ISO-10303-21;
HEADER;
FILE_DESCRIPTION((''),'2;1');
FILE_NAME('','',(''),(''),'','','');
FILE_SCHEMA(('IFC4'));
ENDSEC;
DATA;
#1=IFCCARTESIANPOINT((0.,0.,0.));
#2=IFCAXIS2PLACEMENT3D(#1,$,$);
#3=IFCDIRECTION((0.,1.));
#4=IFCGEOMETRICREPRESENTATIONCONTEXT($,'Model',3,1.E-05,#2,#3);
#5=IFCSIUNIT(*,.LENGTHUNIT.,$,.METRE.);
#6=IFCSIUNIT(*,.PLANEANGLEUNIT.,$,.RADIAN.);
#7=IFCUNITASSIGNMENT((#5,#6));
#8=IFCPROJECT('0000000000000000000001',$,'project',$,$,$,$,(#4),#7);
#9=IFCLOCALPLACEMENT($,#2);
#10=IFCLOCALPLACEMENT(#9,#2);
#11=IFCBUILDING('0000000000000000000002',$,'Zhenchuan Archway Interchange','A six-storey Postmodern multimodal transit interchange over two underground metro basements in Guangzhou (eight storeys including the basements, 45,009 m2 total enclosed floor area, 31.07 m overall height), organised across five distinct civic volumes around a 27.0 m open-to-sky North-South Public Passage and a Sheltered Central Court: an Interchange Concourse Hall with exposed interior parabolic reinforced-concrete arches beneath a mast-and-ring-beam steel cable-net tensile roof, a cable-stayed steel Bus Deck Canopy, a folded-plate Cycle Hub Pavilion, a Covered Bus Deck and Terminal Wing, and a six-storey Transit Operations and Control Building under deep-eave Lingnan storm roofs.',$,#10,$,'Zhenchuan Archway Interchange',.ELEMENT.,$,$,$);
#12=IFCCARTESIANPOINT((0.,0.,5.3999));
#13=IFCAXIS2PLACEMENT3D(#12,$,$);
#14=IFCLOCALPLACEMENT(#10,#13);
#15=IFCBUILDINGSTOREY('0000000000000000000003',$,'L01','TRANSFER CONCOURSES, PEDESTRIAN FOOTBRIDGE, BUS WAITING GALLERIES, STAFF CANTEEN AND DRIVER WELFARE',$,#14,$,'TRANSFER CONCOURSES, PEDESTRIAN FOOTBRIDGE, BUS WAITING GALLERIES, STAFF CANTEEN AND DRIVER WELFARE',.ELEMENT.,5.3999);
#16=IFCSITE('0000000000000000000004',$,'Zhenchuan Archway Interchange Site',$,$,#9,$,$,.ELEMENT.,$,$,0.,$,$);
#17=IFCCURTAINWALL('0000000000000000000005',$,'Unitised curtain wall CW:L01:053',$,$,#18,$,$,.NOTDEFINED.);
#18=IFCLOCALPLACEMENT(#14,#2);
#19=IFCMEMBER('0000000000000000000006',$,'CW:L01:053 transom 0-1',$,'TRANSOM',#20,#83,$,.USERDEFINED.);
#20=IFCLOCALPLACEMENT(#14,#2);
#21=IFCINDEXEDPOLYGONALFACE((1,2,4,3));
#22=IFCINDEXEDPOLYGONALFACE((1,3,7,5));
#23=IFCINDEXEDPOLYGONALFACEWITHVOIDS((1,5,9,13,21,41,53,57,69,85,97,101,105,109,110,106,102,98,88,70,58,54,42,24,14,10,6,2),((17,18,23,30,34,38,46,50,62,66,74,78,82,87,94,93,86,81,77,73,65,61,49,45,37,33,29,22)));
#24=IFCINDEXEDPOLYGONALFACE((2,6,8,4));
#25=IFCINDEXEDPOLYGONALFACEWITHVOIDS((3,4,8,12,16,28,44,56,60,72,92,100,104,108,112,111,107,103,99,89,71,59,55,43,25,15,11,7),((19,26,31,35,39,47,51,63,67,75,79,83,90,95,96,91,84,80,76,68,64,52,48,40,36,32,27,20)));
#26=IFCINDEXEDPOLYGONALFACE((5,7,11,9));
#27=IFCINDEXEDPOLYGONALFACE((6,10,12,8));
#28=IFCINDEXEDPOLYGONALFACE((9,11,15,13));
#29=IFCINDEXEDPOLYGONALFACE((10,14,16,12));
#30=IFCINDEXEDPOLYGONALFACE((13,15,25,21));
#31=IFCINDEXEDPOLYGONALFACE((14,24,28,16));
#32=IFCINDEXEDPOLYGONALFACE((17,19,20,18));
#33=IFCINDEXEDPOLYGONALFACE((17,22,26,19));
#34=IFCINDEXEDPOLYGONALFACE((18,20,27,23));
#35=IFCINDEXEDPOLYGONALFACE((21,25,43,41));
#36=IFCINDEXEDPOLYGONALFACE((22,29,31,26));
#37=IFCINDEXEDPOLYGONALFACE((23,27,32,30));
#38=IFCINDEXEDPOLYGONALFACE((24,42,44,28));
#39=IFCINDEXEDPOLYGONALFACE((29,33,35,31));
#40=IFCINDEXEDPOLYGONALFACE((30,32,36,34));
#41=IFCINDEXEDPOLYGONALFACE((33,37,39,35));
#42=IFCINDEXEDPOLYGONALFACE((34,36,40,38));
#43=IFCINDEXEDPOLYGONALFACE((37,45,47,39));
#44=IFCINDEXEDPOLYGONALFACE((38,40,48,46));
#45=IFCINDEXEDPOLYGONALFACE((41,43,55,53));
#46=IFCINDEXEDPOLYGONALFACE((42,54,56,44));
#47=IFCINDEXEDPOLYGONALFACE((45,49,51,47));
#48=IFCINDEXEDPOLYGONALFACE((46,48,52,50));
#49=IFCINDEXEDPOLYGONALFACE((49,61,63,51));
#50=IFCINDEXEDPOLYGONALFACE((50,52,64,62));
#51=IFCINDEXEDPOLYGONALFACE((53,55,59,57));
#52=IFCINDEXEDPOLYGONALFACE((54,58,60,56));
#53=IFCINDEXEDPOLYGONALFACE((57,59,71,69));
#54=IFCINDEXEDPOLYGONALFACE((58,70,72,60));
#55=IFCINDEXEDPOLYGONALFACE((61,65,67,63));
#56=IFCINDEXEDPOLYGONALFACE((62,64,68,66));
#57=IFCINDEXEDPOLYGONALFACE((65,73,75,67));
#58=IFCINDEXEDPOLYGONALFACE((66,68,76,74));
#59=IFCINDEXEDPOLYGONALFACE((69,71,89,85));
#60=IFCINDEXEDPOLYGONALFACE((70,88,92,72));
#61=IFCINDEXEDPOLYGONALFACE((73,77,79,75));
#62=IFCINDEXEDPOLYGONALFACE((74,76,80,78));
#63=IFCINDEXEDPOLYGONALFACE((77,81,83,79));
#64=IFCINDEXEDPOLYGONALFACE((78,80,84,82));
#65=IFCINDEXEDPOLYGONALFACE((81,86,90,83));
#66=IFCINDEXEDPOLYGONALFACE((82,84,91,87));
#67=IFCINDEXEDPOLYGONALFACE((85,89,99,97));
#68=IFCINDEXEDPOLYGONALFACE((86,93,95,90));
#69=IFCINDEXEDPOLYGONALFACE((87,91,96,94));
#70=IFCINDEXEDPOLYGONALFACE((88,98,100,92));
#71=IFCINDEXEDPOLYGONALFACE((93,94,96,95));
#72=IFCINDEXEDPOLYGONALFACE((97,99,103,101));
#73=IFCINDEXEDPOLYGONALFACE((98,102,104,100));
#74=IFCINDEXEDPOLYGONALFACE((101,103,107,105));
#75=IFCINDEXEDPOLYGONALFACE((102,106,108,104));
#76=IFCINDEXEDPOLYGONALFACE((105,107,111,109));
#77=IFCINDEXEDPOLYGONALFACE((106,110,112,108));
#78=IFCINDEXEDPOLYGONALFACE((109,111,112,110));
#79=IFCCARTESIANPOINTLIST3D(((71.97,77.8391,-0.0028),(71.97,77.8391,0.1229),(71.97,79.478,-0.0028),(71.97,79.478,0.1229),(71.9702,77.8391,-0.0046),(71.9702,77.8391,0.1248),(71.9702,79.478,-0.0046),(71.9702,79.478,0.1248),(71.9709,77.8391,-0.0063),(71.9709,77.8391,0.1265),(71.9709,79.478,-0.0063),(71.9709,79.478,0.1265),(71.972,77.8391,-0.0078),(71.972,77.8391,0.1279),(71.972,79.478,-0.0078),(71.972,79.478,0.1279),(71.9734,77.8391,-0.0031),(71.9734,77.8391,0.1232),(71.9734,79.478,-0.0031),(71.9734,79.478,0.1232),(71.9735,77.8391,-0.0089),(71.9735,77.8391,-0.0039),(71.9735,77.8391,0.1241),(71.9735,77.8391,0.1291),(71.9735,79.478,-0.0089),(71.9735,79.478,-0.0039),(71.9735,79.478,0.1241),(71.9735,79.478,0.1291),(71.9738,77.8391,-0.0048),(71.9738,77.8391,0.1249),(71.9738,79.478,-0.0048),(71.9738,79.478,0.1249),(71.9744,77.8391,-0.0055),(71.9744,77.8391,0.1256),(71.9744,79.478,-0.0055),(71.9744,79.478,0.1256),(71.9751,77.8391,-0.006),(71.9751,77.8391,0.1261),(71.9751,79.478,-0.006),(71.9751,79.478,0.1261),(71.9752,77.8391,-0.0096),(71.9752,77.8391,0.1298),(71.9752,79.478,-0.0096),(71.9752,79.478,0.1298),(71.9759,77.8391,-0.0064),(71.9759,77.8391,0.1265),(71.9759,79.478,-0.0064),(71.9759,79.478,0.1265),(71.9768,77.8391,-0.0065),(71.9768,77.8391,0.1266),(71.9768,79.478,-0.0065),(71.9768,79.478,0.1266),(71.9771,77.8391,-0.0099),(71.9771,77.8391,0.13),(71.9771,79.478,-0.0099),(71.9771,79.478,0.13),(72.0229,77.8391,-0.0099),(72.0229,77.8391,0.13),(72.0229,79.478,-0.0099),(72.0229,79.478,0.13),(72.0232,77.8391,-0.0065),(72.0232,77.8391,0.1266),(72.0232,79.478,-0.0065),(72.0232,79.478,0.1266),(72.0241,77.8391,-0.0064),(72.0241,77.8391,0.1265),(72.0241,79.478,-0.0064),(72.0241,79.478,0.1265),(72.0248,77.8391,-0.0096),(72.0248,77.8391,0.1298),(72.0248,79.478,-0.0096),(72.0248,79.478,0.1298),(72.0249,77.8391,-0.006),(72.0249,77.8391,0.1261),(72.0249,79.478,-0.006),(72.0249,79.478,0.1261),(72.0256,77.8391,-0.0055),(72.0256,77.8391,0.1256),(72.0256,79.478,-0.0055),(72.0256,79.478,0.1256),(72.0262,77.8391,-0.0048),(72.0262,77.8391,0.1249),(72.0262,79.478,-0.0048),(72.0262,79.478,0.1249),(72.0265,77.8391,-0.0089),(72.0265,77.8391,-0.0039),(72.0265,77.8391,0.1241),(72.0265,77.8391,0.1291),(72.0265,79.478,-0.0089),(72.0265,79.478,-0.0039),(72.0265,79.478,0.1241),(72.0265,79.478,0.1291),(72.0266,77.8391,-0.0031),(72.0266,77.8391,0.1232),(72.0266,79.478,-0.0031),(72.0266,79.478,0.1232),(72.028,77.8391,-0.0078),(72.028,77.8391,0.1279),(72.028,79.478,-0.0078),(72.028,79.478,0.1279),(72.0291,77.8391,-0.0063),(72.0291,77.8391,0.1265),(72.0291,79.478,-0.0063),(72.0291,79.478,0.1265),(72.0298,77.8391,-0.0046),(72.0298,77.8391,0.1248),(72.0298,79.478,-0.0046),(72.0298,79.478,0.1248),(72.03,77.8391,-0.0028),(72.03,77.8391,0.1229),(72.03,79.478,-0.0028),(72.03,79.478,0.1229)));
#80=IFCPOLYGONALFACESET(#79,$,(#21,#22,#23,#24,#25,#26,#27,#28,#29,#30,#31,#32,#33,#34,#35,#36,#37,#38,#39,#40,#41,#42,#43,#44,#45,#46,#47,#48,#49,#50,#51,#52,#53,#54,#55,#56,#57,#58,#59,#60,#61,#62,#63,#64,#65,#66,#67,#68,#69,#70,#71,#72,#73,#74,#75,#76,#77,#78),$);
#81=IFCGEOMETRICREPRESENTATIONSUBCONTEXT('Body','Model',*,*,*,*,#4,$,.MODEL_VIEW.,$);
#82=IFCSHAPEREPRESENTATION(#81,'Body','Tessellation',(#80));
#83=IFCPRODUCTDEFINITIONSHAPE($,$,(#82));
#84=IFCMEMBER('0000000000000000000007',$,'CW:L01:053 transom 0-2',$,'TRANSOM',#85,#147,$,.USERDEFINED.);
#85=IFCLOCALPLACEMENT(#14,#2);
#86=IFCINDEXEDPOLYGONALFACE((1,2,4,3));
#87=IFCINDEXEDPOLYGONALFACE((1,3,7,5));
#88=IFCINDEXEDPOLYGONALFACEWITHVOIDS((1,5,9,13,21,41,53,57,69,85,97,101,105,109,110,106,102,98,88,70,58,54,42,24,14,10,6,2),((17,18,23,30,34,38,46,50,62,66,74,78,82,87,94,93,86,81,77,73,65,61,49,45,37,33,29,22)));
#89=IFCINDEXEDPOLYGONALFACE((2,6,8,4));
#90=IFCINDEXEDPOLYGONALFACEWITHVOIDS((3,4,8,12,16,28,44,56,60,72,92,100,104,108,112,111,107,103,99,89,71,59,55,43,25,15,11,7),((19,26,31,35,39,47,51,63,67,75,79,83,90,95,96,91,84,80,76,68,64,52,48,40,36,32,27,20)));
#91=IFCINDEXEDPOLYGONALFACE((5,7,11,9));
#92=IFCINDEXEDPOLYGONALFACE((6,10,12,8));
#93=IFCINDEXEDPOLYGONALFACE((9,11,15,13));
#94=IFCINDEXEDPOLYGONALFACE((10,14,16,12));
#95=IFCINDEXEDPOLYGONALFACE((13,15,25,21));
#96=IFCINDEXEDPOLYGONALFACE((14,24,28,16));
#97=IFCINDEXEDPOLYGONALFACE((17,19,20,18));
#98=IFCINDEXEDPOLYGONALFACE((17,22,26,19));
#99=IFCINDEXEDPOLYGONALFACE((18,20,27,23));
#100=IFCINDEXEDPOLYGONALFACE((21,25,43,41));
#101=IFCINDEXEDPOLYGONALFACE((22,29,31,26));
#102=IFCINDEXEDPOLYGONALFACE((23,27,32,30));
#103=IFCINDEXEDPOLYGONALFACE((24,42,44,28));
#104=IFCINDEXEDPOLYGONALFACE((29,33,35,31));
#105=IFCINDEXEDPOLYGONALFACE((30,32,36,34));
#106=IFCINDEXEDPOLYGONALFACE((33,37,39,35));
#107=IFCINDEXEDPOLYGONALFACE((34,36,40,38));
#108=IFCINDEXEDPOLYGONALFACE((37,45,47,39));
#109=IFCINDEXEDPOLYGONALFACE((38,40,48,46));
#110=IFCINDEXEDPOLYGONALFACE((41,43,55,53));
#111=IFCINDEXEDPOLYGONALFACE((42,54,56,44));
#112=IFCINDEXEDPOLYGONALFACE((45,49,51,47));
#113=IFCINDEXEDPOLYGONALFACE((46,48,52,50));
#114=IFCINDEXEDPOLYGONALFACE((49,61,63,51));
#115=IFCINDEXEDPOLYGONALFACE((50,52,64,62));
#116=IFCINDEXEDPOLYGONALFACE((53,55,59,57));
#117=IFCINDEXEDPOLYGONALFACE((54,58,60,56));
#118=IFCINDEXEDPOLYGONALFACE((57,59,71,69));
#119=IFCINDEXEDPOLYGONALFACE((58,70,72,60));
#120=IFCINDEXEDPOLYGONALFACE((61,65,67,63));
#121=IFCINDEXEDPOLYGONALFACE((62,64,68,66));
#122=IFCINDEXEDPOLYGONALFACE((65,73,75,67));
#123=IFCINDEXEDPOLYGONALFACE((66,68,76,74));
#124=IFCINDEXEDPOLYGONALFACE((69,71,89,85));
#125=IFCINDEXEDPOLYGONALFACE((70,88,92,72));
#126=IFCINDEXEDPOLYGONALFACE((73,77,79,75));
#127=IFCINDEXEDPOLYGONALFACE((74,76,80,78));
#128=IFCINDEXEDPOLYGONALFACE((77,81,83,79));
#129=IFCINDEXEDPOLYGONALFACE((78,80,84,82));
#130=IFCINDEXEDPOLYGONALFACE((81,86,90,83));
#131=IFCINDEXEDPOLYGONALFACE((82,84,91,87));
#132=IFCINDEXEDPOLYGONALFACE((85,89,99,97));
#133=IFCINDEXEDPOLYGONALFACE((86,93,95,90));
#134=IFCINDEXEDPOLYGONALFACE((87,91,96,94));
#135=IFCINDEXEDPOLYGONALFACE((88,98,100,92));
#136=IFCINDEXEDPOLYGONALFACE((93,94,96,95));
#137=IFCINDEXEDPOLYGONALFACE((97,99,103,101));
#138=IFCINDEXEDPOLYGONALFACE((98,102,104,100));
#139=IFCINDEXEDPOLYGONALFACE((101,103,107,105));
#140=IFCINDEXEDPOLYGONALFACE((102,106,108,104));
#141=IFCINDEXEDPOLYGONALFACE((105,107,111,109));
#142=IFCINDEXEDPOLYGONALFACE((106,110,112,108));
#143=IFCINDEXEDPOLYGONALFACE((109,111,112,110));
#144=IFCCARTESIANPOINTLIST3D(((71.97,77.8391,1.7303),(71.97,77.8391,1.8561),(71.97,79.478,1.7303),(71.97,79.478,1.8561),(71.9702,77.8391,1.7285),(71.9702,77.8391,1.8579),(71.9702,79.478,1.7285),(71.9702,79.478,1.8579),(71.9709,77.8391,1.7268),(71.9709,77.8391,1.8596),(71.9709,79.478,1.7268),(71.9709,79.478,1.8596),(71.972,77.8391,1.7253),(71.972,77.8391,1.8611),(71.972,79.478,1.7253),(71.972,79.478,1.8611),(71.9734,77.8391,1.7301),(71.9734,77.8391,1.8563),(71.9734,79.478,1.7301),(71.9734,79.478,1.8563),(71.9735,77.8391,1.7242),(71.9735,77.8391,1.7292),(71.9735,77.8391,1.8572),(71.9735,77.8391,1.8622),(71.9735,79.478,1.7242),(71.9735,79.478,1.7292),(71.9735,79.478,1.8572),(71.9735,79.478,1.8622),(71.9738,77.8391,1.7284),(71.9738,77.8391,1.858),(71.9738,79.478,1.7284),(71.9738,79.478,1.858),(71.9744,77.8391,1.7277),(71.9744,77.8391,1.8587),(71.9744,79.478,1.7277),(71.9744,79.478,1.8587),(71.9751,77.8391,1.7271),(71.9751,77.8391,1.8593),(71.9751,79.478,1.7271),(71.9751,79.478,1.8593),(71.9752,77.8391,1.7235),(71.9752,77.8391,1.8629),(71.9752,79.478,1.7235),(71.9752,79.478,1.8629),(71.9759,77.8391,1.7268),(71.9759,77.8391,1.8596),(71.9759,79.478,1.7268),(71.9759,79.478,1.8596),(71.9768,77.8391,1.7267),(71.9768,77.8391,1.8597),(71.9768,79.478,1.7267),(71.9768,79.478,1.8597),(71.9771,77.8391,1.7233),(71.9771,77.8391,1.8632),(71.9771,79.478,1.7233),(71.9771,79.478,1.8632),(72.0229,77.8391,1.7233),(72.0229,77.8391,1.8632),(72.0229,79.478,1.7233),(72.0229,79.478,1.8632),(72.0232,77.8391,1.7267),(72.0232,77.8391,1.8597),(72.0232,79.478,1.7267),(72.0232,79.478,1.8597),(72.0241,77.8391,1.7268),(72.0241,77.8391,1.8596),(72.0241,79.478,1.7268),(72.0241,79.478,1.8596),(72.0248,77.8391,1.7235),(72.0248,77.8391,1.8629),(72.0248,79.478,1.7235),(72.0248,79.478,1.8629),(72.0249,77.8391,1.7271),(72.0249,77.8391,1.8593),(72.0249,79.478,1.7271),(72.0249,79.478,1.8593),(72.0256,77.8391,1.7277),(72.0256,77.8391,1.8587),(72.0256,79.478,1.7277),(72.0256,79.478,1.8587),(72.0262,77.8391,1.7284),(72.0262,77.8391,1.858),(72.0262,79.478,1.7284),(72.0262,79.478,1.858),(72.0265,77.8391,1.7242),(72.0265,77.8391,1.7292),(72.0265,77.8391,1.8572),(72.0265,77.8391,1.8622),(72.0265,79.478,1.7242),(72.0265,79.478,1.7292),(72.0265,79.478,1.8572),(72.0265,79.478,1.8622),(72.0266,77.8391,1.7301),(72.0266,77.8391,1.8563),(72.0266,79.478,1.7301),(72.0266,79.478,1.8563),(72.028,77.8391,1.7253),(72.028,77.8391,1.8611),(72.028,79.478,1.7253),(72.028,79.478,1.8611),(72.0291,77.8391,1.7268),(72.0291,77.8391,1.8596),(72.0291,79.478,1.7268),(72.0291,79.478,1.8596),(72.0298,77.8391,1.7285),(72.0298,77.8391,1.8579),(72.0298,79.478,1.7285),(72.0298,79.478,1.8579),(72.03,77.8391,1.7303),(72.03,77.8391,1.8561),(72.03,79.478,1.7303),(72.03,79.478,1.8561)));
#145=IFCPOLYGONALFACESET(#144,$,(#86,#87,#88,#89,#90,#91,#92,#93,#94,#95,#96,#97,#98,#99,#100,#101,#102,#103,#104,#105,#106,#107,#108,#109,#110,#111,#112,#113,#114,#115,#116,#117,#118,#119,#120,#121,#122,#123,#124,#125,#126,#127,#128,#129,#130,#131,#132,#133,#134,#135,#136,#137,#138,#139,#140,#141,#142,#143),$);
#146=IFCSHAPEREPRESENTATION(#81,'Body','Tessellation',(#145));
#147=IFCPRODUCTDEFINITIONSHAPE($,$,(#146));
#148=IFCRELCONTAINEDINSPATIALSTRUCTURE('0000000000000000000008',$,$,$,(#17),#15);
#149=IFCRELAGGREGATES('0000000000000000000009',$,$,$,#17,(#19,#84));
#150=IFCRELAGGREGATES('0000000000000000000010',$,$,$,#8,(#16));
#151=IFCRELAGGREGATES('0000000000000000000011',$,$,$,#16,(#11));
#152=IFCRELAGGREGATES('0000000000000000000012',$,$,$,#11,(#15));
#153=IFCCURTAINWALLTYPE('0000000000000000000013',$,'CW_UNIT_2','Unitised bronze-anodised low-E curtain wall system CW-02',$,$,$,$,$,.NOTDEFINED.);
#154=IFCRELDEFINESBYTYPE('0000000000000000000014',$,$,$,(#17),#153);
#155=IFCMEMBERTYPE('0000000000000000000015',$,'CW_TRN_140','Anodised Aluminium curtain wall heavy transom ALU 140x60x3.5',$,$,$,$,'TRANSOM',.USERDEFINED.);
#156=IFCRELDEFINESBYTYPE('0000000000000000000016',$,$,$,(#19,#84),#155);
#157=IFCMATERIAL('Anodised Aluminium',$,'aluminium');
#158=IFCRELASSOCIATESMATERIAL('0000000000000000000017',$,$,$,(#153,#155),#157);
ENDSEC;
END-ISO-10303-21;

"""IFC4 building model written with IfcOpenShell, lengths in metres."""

from ifc_helpers import new_model, si_unit, direction, frame, origin, origin_2d, place, context, subcontext, project, spatial, hollow_rectangle, extrude, material, material_profile, profile_set, type_object, element, aggregate, save


model = new_model("IFC4")

# Units and contexts
model_context = context("Model", 3, precision=1e-05, world=origin(), true_north=direction((0.0, 1.0)))
body_context = subcontext(model_context, "Body", "Model", "MODEL_VIEW")
ifc_project = project(units=[si_unit("LENGTHUNIT", "METRE"), si_unit("PLANEANGLEUNIT", "RADIAN")], contexts=[model_context])

# Site, building, storey
site_placement = place(None, origin())
site = spatial("IfcSite", under=ifc_project, at=site_placement, Name="Zhenchuan Archway Interchange Site", CompositionType="ELEMENT", RefElevation=0.0)
building_placement = place(site_placement, origin())
building = spatial("IfcBuilding", under=site, at=building_placement, Name="Zhenchuan Archway Interchange", Description="A six-storey Postmodern multimodal transit interchange over two underground metro basements in Guangzhou (eight storeys including the basements, 45,009 m2 total enclosed floor area, 31.07 m overall height), organised across five distinct civic volumes around a 27.0 m open-to-sky North-South Public Passage and a Sheltered Central Court: an Interchange Concourse Hall with exposed interior parabolic reinforced-concrete arches beneath a mast-and-ring-beam steel cable-net tensile roof, a cable-stayed steel Bus Deck Canopy, a folded-plate Cycle Hub Pavilion, a Covered Bus Deck and Terminal Wing, and a six-storey Transit Operations and Control Building under deep-eave Lingnan storm roofs.", LongName="Zhenchuan Archway Interchange", CompositionType="ELEMENT")
storey_placement = place(building_placement, frame((0.0, 0.0, 5.3999)))
storey = spatial("IfcBuildingStorey", under=building, at=storey_placement, Name="L01", Description="TRANSFER CONCOURSES, PEDESTRIAN FOOTBRIDGE, BUS WAITING GALLERIES, STAFF CANTEEN AND DRIVER WELFARE", LongName="TRANSFER CONCOURSES, PEDESTRIAN FOOTBRIDGE, BUS WAITING GALLERIES, STAFF CANTEEN AND DRIVER WELFARE", CompositionType="ELEMENT", Elevation=5.3999)

# Curtain wall, members
ifc_material_1 = material(Name="Anodised Aluminium", Category="aluminium")
curtain_wall_type = type_object("IfcCurtainWallType", Name="CW_UNIT_2", Description="Unitised bronze-anodised low-E curtain wall system CW-02", PredefinedType="NOTDEFINED", material=ifc_material_1)
curtain_wall_placement = place(storey_placement, origin())
curtain_wall = element("IfcCurtainWall", 1, at=curtain_wall_placement, inside=storey, type_object=curtain_wall_type, Name="Unitised curtain wall CW:L01:053", PredefinedType="NOTDEFINED")
ifc_material_profile_1 = material_profile(ifc_material_1, hollow_rectangle(XDim=0.0601, YDim=0.1399, WallThickness=0.0034, InnerFilletRadius=0.0034, OuterFilletRadius=0.0071, at=origin_2d()), Name="ALU 140x60x3.5")
ifc_profile_set_1 = profile_set([ifc_material_profile_1], Name="Anodised Aluminium")
member_type_1 = type_object("IfcMemberType", Name="CW_TRN_140", Description="Anodised Aluminium curtain wall heavy transom ALU 140x60x3.5", ElementType="TRANSOM", PredefinedType="USERDEFINED", material=ifc_profile_set_1)
member_1_placement = place(storey_placement, frame((72.0, 79.478, 0.0601), z_axis=(0.0, -1.0, 0.0), x_axis=(1.0, 0.0, 0.0)))
member_1 = element("IfcMember", 2, at=member_1_placement, type_object=member_type_1, Name="CW:L01:053 transom 0-1", ObjectType="TRANSOM", PredefinedType="USERDEFINED", context=body_context, shape_type="SweptSolid", body=[
    extrude(hollow_rectangle(XDim=0.0601, YDim=0.1399, WallThickness=0.0034, InnerFilletRadius=0.0034, OuterFilletRadius=0.0071, at=origin_2d()), origin(), (0.0, 0.0, 1.0), 1.6389),
])
member_2_placement = place(storey_placement, frame((72.0, 79.478, 1.7932), z_axis=(0.0, -1.0, 0.0), x_axis=(1.0, 0.0, 0.0)))
member_2 = element("IfcMember", 3, at=member_2_placement, type_object=member_type_1, Name="CW:L01:053 transom 0-2", ObjectType="TRANSOM", PredefinedType="USERDEFINED", context=body_context, shape_type="SweptSolid", body=[
    extrude(hollow_rectangle(XDim=0.0601, YDim=0.1399, WallThickness=0.0034, InnerFilletRadius=0.0034, OuterFilletRadius=0.0071, at=origin_2d()), origin(), (0.0, 0.0, 1.0), 1.6389),
])

aggregate(curtain_wall, [member_1, member_2])

save(model, "model.ifc")
